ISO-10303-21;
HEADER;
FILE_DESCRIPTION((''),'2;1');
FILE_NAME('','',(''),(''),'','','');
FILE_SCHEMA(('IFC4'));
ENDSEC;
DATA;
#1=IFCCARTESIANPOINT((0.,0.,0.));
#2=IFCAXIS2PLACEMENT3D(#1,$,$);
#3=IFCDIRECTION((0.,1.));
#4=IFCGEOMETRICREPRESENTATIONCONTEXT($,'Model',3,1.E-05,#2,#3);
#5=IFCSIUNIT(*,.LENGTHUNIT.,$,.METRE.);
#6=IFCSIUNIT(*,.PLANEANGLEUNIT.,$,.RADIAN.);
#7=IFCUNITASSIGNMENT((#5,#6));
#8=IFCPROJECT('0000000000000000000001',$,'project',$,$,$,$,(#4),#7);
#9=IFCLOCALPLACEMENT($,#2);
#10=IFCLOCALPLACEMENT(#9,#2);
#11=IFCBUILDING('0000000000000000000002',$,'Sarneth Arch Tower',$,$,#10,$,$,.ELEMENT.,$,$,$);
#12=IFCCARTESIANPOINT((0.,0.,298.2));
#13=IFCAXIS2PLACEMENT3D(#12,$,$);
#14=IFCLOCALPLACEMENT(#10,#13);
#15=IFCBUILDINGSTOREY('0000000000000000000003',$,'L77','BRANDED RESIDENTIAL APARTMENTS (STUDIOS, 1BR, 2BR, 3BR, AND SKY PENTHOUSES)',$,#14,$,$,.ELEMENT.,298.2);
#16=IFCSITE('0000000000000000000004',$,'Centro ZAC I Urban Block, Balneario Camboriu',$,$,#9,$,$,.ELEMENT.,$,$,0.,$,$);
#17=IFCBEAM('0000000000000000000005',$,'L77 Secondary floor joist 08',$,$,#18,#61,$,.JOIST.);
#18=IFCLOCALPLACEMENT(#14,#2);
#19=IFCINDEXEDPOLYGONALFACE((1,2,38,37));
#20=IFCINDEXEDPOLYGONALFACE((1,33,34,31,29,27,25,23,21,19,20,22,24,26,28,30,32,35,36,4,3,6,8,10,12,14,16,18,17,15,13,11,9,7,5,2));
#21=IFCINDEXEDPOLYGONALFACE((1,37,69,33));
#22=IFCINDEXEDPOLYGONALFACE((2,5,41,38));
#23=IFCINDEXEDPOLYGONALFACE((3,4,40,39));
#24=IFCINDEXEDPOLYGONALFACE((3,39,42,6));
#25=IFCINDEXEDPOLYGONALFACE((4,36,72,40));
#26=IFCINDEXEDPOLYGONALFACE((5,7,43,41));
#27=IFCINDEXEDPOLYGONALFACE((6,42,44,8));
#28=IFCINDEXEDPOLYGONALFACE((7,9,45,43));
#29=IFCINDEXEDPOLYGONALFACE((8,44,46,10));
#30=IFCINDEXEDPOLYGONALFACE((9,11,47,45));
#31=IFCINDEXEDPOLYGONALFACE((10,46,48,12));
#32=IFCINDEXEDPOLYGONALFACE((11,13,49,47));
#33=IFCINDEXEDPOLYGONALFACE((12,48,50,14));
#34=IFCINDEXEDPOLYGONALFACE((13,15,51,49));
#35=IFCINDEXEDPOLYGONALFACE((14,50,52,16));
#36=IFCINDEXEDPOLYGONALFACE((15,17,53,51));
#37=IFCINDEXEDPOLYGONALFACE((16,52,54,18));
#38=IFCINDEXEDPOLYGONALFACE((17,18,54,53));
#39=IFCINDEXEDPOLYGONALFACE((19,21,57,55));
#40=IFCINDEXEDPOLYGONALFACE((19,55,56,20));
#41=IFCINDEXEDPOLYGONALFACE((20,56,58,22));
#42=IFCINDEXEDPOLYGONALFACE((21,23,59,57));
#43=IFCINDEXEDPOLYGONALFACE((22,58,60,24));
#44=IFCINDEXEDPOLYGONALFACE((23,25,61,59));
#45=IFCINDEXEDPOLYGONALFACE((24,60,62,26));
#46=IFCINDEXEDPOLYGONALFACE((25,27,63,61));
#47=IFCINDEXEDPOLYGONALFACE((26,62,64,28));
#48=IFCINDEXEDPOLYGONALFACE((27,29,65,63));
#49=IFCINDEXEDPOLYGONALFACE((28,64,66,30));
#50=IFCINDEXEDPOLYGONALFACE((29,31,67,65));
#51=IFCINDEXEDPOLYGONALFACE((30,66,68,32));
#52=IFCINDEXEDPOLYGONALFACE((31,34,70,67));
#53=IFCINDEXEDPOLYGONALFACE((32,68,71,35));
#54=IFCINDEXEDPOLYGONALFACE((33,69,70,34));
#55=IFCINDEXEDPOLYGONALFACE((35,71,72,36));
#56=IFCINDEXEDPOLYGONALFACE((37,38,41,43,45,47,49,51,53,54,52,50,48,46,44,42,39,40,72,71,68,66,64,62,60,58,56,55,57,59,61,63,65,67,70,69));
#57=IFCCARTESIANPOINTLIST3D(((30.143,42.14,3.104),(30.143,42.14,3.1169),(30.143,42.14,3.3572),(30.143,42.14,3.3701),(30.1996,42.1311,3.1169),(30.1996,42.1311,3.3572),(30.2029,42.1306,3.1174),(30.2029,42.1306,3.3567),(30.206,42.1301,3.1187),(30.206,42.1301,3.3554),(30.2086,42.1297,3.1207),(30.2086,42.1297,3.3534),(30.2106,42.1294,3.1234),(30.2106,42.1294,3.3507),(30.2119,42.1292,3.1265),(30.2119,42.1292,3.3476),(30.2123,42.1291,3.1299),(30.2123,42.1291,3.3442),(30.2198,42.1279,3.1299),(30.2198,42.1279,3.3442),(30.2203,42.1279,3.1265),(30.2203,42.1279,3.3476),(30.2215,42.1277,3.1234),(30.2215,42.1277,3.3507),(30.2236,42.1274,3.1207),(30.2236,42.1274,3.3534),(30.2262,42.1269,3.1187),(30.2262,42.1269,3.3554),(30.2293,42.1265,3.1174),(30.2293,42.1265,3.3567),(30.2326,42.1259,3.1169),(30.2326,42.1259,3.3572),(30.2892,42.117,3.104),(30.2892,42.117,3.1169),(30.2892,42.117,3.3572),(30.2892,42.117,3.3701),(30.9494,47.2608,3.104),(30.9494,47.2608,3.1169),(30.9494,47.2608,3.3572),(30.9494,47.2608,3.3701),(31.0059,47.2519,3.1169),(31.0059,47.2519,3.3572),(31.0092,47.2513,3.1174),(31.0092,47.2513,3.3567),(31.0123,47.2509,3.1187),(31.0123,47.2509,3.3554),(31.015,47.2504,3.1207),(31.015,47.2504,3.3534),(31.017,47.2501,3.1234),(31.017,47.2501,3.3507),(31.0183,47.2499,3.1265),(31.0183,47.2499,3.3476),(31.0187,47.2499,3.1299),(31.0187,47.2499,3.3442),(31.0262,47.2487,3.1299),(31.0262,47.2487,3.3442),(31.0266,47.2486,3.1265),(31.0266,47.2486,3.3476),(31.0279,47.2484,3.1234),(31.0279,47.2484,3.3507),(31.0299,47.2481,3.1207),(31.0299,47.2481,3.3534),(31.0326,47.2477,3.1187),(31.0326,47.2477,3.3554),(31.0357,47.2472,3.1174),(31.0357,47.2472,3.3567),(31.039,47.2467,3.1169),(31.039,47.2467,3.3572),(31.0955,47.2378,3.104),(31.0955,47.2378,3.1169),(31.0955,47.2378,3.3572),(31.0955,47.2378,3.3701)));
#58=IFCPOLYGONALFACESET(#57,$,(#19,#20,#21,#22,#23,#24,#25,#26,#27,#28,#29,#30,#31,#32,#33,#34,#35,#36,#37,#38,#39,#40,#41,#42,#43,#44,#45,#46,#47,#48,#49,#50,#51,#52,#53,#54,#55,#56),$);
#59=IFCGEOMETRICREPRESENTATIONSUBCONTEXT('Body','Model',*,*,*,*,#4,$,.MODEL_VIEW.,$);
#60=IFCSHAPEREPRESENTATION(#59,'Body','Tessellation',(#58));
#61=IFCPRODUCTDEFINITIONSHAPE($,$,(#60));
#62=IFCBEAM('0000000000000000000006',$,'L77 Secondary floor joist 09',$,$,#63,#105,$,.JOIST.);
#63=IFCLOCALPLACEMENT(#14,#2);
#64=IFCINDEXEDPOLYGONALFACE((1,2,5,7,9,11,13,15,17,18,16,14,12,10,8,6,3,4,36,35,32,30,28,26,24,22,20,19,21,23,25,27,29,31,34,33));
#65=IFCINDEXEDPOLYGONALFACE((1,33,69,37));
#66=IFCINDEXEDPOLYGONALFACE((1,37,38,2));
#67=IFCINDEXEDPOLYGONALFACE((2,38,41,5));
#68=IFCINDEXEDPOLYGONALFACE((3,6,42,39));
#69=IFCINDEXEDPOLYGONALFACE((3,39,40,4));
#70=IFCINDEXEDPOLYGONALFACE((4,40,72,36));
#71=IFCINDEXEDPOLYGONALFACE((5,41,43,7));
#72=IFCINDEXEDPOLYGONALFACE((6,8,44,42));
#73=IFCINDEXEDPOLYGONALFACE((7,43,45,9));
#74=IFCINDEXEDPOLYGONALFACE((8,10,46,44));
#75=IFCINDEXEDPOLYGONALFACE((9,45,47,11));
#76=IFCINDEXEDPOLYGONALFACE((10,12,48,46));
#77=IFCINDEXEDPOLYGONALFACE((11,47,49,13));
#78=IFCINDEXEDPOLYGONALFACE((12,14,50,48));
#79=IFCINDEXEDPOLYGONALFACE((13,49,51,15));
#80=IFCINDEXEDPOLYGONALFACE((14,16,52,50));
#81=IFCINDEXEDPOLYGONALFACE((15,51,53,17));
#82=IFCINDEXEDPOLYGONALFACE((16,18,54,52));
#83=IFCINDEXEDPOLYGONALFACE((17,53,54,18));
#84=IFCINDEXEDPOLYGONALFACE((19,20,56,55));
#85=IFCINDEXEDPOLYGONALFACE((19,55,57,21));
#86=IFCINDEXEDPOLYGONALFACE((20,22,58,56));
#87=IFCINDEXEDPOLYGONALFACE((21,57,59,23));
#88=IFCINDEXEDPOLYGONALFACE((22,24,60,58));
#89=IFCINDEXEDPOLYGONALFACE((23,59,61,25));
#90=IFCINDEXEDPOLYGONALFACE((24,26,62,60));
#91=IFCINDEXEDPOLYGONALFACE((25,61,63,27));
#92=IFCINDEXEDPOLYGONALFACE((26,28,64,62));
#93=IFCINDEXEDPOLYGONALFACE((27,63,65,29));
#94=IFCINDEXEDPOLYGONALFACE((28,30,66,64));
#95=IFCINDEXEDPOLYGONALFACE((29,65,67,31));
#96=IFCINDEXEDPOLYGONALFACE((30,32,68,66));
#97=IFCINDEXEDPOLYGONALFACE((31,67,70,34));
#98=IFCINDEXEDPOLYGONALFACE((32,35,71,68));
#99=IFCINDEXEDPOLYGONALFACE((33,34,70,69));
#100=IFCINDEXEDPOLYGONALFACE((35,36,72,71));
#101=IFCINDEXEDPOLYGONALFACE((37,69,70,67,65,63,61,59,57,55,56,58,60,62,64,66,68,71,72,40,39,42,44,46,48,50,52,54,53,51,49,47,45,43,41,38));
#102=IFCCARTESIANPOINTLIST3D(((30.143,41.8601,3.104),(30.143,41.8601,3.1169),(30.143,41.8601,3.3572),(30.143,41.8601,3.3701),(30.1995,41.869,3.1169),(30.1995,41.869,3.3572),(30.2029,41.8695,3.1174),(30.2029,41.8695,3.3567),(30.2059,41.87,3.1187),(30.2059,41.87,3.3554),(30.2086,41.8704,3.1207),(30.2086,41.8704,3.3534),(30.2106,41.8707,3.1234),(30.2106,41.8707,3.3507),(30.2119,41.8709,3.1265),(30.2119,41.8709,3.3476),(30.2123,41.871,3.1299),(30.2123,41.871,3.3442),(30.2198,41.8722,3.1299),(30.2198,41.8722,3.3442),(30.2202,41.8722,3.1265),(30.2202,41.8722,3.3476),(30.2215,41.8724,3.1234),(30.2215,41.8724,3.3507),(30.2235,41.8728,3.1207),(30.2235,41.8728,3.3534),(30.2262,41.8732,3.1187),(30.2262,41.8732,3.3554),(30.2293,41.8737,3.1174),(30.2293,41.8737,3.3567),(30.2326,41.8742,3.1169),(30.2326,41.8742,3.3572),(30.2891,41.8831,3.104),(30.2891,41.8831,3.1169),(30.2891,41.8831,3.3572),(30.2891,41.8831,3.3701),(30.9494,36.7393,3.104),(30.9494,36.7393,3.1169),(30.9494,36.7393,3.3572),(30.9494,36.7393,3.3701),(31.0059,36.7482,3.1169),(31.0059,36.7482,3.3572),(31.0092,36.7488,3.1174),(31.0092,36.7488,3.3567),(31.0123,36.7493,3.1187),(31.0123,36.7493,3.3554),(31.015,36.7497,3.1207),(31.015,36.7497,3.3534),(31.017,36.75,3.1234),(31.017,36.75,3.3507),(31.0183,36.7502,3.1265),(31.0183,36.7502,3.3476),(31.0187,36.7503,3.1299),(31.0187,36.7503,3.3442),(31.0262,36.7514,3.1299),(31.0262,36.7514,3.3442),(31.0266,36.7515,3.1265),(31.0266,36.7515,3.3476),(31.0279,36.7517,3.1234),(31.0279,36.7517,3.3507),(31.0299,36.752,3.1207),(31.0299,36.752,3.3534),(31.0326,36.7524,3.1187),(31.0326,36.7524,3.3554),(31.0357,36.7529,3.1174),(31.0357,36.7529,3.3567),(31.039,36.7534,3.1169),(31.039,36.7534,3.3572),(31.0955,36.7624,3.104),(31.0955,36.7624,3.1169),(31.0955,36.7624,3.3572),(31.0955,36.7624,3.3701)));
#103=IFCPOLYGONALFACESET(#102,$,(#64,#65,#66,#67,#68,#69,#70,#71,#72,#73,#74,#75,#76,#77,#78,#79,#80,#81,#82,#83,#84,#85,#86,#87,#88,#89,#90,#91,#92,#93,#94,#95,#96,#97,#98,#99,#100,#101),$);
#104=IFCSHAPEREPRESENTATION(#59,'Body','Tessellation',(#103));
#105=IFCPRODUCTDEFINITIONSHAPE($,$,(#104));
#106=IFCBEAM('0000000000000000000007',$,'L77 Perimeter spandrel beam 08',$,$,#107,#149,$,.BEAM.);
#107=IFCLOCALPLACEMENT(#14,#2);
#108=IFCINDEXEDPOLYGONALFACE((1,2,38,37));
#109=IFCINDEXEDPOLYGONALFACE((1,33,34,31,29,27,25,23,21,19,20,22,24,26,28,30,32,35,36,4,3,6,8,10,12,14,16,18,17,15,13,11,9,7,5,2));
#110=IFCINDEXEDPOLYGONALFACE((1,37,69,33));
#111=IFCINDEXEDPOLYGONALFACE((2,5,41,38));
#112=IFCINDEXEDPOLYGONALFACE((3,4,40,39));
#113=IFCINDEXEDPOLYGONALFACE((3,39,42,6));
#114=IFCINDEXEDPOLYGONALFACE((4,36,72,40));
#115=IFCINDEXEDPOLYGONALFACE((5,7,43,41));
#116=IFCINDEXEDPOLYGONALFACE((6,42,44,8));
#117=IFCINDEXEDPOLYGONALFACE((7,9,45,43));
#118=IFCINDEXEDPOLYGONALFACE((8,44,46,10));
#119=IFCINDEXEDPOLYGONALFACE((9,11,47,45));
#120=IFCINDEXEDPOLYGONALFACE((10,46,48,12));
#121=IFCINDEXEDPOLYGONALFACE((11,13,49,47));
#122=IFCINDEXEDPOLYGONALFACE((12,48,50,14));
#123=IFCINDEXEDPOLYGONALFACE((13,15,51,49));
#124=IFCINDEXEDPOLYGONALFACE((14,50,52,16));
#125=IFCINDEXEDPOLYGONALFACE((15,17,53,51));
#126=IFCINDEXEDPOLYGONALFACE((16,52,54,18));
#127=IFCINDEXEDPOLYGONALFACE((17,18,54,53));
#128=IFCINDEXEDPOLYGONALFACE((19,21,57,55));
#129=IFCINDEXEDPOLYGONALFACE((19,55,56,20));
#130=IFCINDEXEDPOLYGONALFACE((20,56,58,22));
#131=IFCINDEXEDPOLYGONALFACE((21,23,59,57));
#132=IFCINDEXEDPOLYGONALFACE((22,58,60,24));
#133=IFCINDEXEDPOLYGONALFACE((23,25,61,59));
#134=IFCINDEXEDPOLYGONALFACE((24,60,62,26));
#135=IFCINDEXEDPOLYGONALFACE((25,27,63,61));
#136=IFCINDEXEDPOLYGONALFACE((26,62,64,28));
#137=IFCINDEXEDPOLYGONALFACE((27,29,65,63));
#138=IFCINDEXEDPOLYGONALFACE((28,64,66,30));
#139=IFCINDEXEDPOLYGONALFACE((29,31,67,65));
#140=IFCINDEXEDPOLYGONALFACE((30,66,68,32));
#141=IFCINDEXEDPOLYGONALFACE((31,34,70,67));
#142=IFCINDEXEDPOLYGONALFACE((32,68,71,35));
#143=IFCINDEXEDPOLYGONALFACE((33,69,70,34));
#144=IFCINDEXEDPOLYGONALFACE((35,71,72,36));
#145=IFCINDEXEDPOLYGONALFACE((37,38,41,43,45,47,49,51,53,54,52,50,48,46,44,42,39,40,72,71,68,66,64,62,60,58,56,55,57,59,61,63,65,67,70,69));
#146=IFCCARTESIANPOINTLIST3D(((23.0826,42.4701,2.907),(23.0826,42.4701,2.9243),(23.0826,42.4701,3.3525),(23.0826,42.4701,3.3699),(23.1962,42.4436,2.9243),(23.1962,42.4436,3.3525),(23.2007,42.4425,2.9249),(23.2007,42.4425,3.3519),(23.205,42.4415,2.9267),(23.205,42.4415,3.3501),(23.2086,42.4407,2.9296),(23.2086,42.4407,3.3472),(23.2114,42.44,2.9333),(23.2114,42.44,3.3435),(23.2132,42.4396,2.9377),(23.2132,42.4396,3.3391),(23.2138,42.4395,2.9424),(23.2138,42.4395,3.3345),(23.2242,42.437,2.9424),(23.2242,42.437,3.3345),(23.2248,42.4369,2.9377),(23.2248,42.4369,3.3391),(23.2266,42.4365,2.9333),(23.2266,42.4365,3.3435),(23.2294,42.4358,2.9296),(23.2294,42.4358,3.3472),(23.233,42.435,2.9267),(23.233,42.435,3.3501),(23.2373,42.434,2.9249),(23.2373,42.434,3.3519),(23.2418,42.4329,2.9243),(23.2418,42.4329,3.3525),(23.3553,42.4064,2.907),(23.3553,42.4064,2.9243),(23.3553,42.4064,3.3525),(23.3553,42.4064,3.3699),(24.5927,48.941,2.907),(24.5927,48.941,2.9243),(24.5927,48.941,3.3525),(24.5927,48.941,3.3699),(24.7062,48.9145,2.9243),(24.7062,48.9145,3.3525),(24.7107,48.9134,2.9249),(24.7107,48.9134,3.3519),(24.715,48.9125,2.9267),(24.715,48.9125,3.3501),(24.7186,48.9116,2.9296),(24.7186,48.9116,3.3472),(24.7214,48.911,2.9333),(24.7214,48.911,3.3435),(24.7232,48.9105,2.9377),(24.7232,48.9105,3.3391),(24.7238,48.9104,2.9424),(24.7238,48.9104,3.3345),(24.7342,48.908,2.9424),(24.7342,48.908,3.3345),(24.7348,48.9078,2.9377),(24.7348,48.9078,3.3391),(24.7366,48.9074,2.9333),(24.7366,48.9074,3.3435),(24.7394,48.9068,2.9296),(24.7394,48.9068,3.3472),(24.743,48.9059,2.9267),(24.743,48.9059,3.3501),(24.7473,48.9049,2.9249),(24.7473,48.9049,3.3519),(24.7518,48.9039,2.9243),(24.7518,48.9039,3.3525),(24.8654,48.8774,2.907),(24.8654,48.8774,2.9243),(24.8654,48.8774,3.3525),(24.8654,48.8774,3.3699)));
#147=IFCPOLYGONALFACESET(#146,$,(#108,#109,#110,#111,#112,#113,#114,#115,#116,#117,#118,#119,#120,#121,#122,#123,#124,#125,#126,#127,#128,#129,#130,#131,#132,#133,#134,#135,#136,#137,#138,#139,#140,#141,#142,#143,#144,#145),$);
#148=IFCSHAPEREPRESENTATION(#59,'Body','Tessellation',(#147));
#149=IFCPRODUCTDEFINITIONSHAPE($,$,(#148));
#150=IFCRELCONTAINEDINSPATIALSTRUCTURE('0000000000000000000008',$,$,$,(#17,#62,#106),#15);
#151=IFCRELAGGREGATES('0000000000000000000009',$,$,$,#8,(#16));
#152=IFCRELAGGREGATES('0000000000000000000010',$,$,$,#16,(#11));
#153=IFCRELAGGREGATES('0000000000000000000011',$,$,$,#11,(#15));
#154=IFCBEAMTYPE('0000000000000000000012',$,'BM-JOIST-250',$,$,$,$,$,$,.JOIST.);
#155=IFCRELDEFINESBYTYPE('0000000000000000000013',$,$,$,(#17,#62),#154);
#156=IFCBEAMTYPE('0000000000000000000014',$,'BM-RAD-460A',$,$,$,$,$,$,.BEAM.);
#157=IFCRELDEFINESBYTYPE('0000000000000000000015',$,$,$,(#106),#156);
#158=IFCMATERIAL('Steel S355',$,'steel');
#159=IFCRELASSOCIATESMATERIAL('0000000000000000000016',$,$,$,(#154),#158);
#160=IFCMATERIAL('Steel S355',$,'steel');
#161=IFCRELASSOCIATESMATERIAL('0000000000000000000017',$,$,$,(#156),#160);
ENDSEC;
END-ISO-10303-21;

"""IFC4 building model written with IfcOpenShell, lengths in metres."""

from ifc_helpers import new_model, si_unit, direction, frame, origin, origin_2d, place, context, subcontext, project, spatial, i_section, extrude, material, material_profile, profile_set, type_object, element, save


model = new_model("IFC4")

# Units and contexts
model_context = context("Model", 3, precision=1e-05, world=origin(), true_north=direction((0.0, 1.0)))
body_context = subcontext(model_context, "Body", "Model", "MODEL_VIEW")
ifc_project = project(units=[si_unit("LENGTHUNIT", "METRE"), si_unit("PLANEANGLEUNIT", "RADIAN")], contexts=[model_context])

# Site, building, storey
site_placement = place(None, origin())
site = spatial("IfcSite", under=ifc_project, at=site_placement, Name="Centro ZAC I Urban Block, Balneario Camboriu", CompositionType="ELEMENT", RefElevation=0.0)
building_placement = place(site_placement, origin())
building = spatial("IfcBuilding", under=site, at=building_placement, Name="Sarneth Arch Tower", CompositionType="ELEMENT")
storey_placement = place(building_placement, frame((0.0, 0.0, 298.2)))
storey = spatial("IfcBuildingStorey", under=building, at=storey_placement, Name="L77", Description="BRANDED RESIDENTIAL APARTMENTS (STUDIOS, 1BR, 2BR, 3BR, AND SKY PENTHOUSES)", CompositionType="ELEMENT", Elevation=298.2)

# Beams
ifc_material_1 = material(Name="Steel S355", Category="steel")
ifc_material_profile_1 = material_profile(ifc_material_1, i_section(OverallWidth=0.1479, OverallDepth=0.2661, WebThickness=0.0076, FlangeThickness=0.0129, FilletRadius=0.0129, at=origin_2d()), Name="W250x44.8")
ifc_profile_set_1 = profile_set([ifc_material_profile_1], Name="Steel S355")
beam_type_1 = type_object("IfcBeamType", Name="BM-JOIST-250", PredefinedType="JOIST", material=ifc_profile_set_1)
for number, where, z_axis, x_axis, name in (
    (1, (31.0225, 47.2493, 3.2371), (-0.155556, -0.987827, 0.0), (0.987827, -0.155556, 0.0), "L77 Secondary floor joist 08"),
    (2, (30.2161, 41.8716, 3.2371), (0.155556, -0.987827, 0.0), (0.987827, 0.155556, 0.0), "L77 Secondary floor joist 09"),
):
    element("IfcBeam", number, at=place(storey_placement, frame(where, z_axis=z_axis, x_axis=x_axis)), inside=storey, type_object=beam_type_1, Name=name, PredefinedType="JOIST", context=body_context, shape_type="SweptSolid", body=[
        extrude(i_section(OverallWidth=0.1479, OverallDepth=0.2661, WebThickness=0.0076, FlangeThickness=0.0129, FilletRadius=0.0129, at=origin_2d()), origin(), (0.0, 0.0, 1.0), 5.1838),
    ])
ifc_material_2 = material(Name="Steel S355", Category="steel")
ifc_material_profile_2 = material_profile(ifc_material_2, i_section(OverallWidth=0.28, OverallDepth=0.4629, WebThickness=0.0107, FlangeThickness=0.0173, FilletRadius=0.0181, at=origin_2d()), Name="W460x113")
ifc_profile_set_2 = profile_set([ifc_material_profile_2], Name="Steel S355")
beam_type_2 = type_object("IfcBeamType", Name="BM-RAD-460A", PredefinedType="BEAM", material=ifc_profile_set_2)
beam_placement = place(storey_placement, frame((24.729, 48.9092, 3.1384), z_axis=(-0.227247, -0.973837, 0.0), x_axis=(0.973837, -0.227247, 0.0)))
element("IfcBeam", 3, at=beam_placement, inside=storey, type_object=beam_type_2, Name="L77 Perimeter spandrel beam 08", PredefinedType="BEAM", context=body_context, shape_type="SweptSolid", body=[
    extrude(i_section(OverallWidth=0.28, OverallDepth=0.4629, WebThickness=0.0107, FlangeThickness=0.0173, FilletRadius=0.0181, at=origin_2d()), origin(), (0.0, 0.0, 1.0), 6.6448),
])

save(model, "model.ifc")
